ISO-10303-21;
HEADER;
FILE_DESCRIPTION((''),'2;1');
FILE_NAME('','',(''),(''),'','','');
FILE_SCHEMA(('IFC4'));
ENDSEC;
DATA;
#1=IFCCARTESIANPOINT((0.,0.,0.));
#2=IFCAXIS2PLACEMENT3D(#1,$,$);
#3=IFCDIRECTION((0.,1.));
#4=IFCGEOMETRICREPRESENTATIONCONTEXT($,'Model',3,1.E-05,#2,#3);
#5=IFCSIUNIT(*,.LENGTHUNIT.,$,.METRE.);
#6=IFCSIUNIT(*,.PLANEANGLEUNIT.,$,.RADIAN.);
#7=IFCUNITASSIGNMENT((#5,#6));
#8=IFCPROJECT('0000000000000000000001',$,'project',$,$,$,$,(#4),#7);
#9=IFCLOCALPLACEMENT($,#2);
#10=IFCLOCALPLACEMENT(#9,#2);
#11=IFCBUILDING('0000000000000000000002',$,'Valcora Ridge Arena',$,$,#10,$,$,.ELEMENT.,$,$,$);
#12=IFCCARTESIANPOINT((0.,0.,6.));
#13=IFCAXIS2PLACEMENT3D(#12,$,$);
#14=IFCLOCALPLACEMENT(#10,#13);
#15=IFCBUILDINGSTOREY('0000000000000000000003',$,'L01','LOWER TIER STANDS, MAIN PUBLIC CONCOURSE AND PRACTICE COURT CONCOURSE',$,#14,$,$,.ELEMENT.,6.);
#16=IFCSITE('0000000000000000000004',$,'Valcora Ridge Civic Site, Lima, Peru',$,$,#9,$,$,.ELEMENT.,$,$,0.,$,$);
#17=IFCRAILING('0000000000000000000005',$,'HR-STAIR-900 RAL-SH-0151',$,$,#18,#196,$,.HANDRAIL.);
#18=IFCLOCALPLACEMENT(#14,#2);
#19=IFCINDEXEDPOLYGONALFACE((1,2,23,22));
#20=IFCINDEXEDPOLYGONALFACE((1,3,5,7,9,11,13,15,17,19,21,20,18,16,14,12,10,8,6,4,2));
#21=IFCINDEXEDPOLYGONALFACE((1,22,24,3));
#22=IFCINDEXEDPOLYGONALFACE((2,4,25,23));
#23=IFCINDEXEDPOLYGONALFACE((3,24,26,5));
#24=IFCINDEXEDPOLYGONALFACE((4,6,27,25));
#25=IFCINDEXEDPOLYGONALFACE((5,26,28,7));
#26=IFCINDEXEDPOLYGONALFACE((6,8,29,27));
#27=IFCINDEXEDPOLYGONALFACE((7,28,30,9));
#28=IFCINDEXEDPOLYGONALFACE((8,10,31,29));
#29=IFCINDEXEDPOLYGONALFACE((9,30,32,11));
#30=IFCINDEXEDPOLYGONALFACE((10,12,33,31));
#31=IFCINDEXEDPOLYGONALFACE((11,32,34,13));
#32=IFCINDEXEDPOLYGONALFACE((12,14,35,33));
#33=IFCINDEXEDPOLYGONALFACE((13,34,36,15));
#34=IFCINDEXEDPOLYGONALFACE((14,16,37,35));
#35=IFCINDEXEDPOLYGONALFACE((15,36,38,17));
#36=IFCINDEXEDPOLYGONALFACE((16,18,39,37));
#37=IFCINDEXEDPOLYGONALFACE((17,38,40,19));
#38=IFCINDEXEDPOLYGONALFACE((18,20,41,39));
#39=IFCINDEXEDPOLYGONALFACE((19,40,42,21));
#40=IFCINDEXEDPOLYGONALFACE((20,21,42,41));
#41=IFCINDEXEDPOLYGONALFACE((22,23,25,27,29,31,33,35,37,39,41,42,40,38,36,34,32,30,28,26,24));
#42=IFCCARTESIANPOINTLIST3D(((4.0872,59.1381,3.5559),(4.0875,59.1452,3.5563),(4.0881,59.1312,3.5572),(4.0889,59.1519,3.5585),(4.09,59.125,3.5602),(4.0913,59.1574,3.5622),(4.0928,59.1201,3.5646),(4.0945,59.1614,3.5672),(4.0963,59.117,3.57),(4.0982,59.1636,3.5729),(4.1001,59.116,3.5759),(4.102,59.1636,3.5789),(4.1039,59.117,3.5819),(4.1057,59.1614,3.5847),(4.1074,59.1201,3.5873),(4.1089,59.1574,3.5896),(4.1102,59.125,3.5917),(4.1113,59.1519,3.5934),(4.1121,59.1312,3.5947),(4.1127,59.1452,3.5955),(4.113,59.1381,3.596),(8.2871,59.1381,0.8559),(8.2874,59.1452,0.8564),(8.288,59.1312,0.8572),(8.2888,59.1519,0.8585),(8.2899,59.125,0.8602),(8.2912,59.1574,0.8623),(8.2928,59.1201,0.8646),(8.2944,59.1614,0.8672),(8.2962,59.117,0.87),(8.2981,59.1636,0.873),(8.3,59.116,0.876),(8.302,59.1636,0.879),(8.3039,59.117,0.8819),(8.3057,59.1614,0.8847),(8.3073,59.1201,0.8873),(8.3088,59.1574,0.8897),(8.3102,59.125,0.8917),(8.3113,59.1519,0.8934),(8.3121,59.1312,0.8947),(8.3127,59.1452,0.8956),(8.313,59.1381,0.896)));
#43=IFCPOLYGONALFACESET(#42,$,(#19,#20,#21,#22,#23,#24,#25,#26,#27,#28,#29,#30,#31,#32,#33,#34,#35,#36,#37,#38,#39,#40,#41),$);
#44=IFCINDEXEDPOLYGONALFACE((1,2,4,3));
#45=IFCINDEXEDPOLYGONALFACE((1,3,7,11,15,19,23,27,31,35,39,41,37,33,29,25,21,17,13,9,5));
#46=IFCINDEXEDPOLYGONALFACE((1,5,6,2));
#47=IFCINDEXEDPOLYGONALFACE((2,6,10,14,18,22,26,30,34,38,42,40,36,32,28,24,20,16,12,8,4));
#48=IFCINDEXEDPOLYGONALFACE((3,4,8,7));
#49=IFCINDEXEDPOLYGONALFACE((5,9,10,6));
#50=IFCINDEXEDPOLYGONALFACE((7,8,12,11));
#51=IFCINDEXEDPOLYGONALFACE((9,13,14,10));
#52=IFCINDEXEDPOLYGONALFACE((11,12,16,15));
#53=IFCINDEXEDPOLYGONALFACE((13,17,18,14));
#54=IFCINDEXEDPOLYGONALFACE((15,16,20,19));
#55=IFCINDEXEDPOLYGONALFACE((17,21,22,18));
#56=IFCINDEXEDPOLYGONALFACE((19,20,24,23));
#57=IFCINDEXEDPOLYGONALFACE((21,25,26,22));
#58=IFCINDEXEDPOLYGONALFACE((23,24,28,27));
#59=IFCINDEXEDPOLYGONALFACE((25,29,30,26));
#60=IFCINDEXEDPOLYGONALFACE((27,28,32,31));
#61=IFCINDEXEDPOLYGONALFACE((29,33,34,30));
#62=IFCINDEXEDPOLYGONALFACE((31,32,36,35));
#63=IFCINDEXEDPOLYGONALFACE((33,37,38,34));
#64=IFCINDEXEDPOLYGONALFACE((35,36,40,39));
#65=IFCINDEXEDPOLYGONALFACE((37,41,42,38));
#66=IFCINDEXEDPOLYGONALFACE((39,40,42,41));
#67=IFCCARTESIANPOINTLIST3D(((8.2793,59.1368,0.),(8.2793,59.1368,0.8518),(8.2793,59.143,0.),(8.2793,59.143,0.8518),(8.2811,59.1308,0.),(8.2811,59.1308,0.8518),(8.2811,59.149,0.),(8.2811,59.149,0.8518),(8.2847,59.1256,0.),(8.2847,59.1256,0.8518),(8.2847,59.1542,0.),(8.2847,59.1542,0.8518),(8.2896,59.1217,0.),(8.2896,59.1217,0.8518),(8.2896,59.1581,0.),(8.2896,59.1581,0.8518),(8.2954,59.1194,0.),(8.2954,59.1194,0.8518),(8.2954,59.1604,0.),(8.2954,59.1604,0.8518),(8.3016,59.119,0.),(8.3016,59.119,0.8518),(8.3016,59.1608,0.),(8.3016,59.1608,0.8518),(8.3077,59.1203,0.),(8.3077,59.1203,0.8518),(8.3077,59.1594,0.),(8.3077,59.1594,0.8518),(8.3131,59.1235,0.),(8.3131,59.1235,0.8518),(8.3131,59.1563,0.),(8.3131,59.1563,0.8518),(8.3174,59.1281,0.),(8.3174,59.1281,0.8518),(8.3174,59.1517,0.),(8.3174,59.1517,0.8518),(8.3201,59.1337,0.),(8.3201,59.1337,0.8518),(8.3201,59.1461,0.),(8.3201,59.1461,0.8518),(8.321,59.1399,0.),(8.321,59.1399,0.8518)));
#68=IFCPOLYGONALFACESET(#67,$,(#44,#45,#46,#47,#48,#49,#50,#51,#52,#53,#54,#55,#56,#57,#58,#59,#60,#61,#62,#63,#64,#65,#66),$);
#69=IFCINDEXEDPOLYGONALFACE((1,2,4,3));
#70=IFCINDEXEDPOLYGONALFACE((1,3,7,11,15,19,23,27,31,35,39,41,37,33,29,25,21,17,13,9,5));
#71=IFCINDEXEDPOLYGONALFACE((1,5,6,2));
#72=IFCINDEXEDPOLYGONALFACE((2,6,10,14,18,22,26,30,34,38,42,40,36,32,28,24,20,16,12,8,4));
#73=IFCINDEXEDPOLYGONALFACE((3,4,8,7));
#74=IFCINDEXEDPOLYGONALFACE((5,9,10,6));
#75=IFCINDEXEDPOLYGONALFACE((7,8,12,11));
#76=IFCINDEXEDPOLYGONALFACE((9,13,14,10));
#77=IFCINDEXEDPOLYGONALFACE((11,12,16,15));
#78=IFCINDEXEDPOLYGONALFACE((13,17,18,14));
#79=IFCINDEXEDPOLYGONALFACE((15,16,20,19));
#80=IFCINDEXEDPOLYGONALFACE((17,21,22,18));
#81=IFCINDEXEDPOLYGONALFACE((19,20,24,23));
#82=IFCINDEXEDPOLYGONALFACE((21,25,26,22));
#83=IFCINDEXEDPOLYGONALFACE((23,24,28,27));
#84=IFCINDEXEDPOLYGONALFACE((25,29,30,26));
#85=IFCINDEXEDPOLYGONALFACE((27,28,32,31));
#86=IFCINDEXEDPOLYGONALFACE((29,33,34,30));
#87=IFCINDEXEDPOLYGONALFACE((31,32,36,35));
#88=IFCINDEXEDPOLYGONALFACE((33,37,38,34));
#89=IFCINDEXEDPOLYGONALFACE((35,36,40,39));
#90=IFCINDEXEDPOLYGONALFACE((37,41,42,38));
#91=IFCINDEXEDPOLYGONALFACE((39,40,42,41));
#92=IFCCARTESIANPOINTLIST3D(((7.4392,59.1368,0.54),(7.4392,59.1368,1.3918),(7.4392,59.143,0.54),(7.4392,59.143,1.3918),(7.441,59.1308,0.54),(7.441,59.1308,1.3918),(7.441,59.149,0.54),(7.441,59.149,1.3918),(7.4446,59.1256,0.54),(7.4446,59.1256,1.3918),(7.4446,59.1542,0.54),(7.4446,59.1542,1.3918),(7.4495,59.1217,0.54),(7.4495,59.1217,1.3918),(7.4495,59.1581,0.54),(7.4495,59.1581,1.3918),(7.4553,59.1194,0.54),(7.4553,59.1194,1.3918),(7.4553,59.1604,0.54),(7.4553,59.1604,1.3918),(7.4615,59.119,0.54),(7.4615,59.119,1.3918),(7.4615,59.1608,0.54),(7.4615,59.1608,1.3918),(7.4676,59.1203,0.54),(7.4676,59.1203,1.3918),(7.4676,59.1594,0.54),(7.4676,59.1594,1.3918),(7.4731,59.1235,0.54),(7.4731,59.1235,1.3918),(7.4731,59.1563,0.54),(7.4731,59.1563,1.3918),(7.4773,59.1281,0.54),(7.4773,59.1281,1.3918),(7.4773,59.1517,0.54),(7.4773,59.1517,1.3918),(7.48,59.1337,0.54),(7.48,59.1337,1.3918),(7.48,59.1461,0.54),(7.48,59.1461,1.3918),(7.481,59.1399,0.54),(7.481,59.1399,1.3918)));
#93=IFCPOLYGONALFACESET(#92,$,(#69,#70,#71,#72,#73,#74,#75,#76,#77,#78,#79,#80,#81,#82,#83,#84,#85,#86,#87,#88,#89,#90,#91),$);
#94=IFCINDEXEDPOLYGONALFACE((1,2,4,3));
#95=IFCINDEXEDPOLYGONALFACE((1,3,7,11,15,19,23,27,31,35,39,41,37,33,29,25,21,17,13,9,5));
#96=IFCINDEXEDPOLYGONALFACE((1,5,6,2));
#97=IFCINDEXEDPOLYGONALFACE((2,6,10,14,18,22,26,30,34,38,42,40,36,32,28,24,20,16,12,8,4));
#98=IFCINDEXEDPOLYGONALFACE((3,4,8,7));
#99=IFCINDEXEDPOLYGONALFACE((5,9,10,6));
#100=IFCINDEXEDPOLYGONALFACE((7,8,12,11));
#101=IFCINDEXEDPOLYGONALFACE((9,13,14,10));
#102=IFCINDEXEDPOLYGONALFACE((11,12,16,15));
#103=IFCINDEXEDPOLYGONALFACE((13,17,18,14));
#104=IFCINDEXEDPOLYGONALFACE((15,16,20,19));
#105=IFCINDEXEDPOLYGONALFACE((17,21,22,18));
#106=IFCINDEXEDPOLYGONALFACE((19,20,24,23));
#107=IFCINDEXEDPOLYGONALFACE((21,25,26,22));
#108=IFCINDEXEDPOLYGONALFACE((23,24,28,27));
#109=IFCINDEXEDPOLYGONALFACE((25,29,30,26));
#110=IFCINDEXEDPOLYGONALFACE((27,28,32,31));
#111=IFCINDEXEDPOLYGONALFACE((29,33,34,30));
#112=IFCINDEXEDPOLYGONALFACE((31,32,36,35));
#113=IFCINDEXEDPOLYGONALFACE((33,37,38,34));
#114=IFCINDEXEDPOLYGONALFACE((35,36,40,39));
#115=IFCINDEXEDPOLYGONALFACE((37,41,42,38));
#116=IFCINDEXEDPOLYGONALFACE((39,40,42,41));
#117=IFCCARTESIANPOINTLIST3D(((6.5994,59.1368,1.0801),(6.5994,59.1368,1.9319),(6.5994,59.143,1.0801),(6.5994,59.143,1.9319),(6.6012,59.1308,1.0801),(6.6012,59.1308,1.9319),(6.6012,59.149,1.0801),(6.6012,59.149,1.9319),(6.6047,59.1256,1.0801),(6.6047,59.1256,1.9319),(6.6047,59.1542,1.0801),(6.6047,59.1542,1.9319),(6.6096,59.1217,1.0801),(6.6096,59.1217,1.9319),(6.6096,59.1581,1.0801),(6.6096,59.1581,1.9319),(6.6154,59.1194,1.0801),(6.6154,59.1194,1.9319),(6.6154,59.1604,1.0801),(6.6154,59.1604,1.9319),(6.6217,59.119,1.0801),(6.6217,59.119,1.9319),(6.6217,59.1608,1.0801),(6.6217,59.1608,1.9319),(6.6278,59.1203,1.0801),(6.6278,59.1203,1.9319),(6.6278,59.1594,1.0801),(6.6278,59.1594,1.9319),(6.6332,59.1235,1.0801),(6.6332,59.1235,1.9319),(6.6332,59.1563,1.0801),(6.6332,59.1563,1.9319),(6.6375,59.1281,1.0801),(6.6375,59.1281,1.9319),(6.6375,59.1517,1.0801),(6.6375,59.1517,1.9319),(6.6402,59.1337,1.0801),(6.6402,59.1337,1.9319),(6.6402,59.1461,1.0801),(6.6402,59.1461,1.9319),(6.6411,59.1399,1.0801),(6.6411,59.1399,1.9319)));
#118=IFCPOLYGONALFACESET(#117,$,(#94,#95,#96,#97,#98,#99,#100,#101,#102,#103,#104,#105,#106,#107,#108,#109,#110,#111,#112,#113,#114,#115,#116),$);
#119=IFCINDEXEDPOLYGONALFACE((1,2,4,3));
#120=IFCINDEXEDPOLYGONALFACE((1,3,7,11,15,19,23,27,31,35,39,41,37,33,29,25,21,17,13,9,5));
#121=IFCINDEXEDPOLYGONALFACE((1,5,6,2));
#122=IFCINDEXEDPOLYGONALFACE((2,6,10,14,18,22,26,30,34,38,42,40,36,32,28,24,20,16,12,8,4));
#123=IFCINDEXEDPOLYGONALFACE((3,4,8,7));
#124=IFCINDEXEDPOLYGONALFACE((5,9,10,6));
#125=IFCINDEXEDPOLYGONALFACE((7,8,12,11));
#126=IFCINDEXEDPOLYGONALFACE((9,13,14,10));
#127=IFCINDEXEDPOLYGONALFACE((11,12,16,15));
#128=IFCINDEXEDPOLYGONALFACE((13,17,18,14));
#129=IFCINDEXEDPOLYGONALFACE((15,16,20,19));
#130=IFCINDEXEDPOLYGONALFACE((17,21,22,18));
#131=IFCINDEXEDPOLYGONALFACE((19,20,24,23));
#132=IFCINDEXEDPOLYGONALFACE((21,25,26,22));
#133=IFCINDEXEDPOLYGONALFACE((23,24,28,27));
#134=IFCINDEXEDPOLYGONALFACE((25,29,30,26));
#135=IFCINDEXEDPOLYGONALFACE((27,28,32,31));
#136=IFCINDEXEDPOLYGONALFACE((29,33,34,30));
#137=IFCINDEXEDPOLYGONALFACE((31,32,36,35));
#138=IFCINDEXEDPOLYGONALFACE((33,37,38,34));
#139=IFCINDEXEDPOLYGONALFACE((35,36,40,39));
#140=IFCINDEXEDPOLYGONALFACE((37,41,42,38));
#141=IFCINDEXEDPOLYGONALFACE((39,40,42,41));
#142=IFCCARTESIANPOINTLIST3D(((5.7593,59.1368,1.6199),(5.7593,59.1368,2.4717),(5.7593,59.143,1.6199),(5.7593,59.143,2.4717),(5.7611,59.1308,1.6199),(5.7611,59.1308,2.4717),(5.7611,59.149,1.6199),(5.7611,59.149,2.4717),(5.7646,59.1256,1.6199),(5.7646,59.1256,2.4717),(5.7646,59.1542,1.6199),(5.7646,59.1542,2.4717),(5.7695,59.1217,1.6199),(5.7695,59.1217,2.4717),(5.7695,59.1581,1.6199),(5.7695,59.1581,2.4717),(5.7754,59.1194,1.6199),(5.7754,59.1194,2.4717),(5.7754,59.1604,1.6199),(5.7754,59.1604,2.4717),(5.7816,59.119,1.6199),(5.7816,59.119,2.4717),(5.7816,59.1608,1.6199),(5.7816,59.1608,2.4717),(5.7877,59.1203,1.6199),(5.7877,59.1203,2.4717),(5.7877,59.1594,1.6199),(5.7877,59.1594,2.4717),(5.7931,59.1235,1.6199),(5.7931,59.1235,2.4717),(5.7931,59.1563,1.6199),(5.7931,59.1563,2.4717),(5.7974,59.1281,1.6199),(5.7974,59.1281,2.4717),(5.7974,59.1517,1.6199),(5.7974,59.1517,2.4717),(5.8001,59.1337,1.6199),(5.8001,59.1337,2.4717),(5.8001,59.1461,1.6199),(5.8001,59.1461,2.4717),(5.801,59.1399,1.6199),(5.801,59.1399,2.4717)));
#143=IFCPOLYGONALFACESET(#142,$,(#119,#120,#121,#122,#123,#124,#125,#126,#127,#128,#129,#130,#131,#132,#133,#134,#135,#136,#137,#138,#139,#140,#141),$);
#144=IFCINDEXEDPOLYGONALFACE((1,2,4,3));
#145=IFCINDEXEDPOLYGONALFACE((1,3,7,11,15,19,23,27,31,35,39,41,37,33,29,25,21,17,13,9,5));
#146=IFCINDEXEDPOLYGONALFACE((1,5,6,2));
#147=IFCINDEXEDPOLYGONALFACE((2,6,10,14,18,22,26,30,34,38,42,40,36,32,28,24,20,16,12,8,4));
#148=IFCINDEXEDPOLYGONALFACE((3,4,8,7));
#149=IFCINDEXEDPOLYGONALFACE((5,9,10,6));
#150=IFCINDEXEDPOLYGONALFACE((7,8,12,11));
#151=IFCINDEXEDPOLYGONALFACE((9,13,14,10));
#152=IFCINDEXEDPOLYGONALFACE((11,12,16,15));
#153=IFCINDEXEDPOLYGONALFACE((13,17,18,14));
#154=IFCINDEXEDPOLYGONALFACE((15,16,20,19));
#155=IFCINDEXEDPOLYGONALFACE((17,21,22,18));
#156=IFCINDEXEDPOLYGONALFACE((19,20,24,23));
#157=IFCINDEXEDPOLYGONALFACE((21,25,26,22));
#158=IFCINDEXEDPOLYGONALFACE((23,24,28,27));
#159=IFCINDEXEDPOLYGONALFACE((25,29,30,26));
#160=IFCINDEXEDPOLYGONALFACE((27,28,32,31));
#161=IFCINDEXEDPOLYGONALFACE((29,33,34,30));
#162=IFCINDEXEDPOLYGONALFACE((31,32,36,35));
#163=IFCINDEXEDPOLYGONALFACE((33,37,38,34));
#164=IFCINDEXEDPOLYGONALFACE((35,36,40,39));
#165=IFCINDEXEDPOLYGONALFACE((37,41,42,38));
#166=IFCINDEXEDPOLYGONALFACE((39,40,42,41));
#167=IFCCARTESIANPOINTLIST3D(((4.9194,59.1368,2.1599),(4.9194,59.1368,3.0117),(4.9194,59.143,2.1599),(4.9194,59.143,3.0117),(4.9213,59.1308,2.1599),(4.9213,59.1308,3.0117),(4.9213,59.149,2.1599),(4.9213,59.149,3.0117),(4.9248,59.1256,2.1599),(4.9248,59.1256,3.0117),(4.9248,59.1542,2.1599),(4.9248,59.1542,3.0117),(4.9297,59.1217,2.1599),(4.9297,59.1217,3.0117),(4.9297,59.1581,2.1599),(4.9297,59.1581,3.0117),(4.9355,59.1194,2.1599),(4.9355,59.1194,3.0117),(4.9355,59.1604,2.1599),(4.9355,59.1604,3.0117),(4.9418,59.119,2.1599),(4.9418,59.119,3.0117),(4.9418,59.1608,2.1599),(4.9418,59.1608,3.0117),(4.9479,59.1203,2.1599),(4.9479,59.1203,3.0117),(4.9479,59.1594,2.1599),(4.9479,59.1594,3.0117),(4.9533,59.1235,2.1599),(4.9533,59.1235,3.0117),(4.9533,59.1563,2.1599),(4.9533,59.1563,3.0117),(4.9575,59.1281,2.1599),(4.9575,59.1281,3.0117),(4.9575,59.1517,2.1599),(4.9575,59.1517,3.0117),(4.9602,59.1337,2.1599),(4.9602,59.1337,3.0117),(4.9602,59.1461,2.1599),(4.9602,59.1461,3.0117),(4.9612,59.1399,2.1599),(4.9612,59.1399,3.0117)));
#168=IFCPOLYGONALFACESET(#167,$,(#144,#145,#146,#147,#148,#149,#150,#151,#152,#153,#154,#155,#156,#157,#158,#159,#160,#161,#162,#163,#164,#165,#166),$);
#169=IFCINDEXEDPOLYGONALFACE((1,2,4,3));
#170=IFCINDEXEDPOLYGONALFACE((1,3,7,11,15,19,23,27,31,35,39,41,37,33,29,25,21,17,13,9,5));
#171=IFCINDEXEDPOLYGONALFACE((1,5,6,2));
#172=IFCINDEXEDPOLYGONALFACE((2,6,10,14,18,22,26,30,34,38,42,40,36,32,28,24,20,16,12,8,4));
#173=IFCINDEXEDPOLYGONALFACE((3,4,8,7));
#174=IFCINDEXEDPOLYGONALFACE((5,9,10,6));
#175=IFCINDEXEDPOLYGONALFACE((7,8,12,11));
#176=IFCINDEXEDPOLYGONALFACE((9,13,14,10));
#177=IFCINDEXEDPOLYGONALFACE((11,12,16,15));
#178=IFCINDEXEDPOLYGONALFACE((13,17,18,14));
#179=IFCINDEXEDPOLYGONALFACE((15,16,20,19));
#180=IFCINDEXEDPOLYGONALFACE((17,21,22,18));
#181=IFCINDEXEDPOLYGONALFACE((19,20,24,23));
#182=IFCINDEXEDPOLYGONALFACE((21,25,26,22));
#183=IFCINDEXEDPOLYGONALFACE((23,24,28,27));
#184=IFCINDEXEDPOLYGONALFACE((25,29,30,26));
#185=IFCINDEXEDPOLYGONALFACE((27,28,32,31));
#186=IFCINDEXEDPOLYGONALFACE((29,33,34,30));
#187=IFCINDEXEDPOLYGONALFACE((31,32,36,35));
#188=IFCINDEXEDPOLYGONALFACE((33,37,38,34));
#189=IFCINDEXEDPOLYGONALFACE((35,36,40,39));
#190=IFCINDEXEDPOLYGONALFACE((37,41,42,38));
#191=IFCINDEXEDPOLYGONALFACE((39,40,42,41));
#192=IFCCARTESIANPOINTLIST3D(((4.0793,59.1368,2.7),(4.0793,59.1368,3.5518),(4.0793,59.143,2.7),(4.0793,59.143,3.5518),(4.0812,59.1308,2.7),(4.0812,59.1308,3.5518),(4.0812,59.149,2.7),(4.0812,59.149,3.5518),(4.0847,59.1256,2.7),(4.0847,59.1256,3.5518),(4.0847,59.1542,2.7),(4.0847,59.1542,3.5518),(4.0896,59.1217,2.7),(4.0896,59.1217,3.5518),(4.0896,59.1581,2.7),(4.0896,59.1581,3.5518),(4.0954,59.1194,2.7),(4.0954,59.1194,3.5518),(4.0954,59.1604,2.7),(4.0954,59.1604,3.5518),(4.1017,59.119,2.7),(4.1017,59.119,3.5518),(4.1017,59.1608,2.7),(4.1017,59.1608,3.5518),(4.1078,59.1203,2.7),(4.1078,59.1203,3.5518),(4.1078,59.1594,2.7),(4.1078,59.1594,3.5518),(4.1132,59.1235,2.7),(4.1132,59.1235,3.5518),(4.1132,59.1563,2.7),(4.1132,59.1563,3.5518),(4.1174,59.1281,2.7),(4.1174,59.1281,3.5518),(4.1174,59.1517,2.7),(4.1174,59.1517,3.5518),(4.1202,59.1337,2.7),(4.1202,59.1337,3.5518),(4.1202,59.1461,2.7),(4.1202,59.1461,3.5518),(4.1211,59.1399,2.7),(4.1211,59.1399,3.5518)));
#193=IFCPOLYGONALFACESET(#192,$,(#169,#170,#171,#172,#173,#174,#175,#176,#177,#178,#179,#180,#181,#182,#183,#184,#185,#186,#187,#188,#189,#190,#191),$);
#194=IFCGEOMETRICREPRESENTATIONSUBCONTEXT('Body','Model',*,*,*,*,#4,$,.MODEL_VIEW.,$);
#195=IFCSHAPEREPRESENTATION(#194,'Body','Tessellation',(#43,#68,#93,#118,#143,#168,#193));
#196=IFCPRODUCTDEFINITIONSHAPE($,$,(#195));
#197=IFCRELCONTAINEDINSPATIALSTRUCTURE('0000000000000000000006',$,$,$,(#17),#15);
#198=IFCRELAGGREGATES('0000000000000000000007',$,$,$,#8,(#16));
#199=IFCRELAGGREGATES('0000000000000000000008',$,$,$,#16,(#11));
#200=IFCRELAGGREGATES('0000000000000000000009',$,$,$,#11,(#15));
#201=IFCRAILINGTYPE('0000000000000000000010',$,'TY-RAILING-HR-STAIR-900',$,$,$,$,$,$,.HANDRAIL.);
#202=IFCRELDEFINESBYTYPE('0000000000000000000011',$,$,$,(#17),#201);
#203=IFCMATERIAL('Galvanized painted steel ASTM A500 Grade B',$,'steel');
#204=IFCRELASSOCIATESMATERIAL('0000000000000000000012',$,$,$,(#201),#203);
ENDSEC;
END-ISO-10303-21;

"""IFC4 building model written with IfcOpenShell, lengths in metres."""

from ifc_helpers import new_model, si_unit, direction, frame, origin, origin_2d, place, context, subcontext, project, spatial, circle, extrude, material, type_object, element, save


model = new_model("IFC4")

# Units and contexts
model_context = context("Model", 3, precision=1e-05, world=origin(), true_north=direction((0.0, 1.0)))
body_context = subcontext(model_context, "Body", "Model", "MODEL_VIEW")
ifc_project = project(units=[si_unit("LENGTHUNIT", "METRE"), si_unit("PLANEANGLEUNIT", "RADIAN")], contexts=[model_context])

# Site, building, storey
site_placement = place(None, origin())
site = spatial("IfcSite", under=ifc_project, at=site_placement, Name="Valcora Ridge Civic Site, Lima, Peru", CompositionType="ELEMENT", RefElevation=0.0)
building_placement = place(site_placement, origin())
building = spatial("IfcBuilding", under=site, at=building_placement, Name="Valcora Ridge Arena", CompositionType="ELEMENT")
storey_placement = place(building_placement, frame((0.0, 0.0, 6.0)))
storey = spatial("IfcBuildingStorey", under=building, at=storey_placement, Name="L01", Description="LOWER TIER STANDS, MAIN PUBLIC CONCOURSE AND PRACTICE COURT CONCOURSE", CompositionType="ELEMENT", Elevation=6.0)

# Railing
ifc_material_1 = material(Name="Galvanized painted steel ASTM A500 Grade B", Category="steel")
railing_type_1 = type_object("IfcRailingType", Name="TY-RAILING-HR-STAIR-900", PredefinedType="HANDRAIL", material=ifc_material_1)
railing_1_placement = place(storey_placement, frame((8.3, 59.1399, 0.0)))
element("IfcRailing", 1, at=railing_1_placement, inside=storey, type_object=railing_type_1, Name="HR-STAIR-900 RAL-SH-0151", PredefinedType="HANDRAIL", context=body_context, shape_type="SweptSolid", body=[
    extrude(circle(Radius=0.0239, at=origin_2d()), frame((0.0, 0.0, 0.876), z_axis=(-0.84118, 0.0, 0.540755), x_axis=(0.0, -1.0, 0.0)), (0.0, 0.0, 1.0), 4.9929),
    extrude(circle(Radius=0.021, at=origin_2d()), origin(), (0.0, 0.0, 1.0), 0.8518),
    extrude(circle(Radius=0.021, at=origin_2d()), frame((-0.8401, 0.0, 0.54)), (0.0, 0.0, 1.0), 0.8518),
    extrude(circle(Radius=0.021, at=origin_2d()), frame((-1.6799, 0.0, 1.0801)), (0.0, 0.0, 1.0), 0.8518),
    extrude(circle(Radius=0.021, at=origin_2d()), frame((-2.52, 0.0, 1.6199)), (0.0, 0.0, 1.0), 0.8518),
    extrude(circle(Radius=0.021, at=origin_2d()), frame((-3.3599, 0.0, 2.1599)), (0.0, 0.0, 1.0), 0.8518),
    extrude(circle(Radius=0.021, at=origin_2d()), frame((-4.2, 0.0, 2.7)), (0.0, 0.0, 1.0), 0.8518),
])

save(model, "model.ifc")
